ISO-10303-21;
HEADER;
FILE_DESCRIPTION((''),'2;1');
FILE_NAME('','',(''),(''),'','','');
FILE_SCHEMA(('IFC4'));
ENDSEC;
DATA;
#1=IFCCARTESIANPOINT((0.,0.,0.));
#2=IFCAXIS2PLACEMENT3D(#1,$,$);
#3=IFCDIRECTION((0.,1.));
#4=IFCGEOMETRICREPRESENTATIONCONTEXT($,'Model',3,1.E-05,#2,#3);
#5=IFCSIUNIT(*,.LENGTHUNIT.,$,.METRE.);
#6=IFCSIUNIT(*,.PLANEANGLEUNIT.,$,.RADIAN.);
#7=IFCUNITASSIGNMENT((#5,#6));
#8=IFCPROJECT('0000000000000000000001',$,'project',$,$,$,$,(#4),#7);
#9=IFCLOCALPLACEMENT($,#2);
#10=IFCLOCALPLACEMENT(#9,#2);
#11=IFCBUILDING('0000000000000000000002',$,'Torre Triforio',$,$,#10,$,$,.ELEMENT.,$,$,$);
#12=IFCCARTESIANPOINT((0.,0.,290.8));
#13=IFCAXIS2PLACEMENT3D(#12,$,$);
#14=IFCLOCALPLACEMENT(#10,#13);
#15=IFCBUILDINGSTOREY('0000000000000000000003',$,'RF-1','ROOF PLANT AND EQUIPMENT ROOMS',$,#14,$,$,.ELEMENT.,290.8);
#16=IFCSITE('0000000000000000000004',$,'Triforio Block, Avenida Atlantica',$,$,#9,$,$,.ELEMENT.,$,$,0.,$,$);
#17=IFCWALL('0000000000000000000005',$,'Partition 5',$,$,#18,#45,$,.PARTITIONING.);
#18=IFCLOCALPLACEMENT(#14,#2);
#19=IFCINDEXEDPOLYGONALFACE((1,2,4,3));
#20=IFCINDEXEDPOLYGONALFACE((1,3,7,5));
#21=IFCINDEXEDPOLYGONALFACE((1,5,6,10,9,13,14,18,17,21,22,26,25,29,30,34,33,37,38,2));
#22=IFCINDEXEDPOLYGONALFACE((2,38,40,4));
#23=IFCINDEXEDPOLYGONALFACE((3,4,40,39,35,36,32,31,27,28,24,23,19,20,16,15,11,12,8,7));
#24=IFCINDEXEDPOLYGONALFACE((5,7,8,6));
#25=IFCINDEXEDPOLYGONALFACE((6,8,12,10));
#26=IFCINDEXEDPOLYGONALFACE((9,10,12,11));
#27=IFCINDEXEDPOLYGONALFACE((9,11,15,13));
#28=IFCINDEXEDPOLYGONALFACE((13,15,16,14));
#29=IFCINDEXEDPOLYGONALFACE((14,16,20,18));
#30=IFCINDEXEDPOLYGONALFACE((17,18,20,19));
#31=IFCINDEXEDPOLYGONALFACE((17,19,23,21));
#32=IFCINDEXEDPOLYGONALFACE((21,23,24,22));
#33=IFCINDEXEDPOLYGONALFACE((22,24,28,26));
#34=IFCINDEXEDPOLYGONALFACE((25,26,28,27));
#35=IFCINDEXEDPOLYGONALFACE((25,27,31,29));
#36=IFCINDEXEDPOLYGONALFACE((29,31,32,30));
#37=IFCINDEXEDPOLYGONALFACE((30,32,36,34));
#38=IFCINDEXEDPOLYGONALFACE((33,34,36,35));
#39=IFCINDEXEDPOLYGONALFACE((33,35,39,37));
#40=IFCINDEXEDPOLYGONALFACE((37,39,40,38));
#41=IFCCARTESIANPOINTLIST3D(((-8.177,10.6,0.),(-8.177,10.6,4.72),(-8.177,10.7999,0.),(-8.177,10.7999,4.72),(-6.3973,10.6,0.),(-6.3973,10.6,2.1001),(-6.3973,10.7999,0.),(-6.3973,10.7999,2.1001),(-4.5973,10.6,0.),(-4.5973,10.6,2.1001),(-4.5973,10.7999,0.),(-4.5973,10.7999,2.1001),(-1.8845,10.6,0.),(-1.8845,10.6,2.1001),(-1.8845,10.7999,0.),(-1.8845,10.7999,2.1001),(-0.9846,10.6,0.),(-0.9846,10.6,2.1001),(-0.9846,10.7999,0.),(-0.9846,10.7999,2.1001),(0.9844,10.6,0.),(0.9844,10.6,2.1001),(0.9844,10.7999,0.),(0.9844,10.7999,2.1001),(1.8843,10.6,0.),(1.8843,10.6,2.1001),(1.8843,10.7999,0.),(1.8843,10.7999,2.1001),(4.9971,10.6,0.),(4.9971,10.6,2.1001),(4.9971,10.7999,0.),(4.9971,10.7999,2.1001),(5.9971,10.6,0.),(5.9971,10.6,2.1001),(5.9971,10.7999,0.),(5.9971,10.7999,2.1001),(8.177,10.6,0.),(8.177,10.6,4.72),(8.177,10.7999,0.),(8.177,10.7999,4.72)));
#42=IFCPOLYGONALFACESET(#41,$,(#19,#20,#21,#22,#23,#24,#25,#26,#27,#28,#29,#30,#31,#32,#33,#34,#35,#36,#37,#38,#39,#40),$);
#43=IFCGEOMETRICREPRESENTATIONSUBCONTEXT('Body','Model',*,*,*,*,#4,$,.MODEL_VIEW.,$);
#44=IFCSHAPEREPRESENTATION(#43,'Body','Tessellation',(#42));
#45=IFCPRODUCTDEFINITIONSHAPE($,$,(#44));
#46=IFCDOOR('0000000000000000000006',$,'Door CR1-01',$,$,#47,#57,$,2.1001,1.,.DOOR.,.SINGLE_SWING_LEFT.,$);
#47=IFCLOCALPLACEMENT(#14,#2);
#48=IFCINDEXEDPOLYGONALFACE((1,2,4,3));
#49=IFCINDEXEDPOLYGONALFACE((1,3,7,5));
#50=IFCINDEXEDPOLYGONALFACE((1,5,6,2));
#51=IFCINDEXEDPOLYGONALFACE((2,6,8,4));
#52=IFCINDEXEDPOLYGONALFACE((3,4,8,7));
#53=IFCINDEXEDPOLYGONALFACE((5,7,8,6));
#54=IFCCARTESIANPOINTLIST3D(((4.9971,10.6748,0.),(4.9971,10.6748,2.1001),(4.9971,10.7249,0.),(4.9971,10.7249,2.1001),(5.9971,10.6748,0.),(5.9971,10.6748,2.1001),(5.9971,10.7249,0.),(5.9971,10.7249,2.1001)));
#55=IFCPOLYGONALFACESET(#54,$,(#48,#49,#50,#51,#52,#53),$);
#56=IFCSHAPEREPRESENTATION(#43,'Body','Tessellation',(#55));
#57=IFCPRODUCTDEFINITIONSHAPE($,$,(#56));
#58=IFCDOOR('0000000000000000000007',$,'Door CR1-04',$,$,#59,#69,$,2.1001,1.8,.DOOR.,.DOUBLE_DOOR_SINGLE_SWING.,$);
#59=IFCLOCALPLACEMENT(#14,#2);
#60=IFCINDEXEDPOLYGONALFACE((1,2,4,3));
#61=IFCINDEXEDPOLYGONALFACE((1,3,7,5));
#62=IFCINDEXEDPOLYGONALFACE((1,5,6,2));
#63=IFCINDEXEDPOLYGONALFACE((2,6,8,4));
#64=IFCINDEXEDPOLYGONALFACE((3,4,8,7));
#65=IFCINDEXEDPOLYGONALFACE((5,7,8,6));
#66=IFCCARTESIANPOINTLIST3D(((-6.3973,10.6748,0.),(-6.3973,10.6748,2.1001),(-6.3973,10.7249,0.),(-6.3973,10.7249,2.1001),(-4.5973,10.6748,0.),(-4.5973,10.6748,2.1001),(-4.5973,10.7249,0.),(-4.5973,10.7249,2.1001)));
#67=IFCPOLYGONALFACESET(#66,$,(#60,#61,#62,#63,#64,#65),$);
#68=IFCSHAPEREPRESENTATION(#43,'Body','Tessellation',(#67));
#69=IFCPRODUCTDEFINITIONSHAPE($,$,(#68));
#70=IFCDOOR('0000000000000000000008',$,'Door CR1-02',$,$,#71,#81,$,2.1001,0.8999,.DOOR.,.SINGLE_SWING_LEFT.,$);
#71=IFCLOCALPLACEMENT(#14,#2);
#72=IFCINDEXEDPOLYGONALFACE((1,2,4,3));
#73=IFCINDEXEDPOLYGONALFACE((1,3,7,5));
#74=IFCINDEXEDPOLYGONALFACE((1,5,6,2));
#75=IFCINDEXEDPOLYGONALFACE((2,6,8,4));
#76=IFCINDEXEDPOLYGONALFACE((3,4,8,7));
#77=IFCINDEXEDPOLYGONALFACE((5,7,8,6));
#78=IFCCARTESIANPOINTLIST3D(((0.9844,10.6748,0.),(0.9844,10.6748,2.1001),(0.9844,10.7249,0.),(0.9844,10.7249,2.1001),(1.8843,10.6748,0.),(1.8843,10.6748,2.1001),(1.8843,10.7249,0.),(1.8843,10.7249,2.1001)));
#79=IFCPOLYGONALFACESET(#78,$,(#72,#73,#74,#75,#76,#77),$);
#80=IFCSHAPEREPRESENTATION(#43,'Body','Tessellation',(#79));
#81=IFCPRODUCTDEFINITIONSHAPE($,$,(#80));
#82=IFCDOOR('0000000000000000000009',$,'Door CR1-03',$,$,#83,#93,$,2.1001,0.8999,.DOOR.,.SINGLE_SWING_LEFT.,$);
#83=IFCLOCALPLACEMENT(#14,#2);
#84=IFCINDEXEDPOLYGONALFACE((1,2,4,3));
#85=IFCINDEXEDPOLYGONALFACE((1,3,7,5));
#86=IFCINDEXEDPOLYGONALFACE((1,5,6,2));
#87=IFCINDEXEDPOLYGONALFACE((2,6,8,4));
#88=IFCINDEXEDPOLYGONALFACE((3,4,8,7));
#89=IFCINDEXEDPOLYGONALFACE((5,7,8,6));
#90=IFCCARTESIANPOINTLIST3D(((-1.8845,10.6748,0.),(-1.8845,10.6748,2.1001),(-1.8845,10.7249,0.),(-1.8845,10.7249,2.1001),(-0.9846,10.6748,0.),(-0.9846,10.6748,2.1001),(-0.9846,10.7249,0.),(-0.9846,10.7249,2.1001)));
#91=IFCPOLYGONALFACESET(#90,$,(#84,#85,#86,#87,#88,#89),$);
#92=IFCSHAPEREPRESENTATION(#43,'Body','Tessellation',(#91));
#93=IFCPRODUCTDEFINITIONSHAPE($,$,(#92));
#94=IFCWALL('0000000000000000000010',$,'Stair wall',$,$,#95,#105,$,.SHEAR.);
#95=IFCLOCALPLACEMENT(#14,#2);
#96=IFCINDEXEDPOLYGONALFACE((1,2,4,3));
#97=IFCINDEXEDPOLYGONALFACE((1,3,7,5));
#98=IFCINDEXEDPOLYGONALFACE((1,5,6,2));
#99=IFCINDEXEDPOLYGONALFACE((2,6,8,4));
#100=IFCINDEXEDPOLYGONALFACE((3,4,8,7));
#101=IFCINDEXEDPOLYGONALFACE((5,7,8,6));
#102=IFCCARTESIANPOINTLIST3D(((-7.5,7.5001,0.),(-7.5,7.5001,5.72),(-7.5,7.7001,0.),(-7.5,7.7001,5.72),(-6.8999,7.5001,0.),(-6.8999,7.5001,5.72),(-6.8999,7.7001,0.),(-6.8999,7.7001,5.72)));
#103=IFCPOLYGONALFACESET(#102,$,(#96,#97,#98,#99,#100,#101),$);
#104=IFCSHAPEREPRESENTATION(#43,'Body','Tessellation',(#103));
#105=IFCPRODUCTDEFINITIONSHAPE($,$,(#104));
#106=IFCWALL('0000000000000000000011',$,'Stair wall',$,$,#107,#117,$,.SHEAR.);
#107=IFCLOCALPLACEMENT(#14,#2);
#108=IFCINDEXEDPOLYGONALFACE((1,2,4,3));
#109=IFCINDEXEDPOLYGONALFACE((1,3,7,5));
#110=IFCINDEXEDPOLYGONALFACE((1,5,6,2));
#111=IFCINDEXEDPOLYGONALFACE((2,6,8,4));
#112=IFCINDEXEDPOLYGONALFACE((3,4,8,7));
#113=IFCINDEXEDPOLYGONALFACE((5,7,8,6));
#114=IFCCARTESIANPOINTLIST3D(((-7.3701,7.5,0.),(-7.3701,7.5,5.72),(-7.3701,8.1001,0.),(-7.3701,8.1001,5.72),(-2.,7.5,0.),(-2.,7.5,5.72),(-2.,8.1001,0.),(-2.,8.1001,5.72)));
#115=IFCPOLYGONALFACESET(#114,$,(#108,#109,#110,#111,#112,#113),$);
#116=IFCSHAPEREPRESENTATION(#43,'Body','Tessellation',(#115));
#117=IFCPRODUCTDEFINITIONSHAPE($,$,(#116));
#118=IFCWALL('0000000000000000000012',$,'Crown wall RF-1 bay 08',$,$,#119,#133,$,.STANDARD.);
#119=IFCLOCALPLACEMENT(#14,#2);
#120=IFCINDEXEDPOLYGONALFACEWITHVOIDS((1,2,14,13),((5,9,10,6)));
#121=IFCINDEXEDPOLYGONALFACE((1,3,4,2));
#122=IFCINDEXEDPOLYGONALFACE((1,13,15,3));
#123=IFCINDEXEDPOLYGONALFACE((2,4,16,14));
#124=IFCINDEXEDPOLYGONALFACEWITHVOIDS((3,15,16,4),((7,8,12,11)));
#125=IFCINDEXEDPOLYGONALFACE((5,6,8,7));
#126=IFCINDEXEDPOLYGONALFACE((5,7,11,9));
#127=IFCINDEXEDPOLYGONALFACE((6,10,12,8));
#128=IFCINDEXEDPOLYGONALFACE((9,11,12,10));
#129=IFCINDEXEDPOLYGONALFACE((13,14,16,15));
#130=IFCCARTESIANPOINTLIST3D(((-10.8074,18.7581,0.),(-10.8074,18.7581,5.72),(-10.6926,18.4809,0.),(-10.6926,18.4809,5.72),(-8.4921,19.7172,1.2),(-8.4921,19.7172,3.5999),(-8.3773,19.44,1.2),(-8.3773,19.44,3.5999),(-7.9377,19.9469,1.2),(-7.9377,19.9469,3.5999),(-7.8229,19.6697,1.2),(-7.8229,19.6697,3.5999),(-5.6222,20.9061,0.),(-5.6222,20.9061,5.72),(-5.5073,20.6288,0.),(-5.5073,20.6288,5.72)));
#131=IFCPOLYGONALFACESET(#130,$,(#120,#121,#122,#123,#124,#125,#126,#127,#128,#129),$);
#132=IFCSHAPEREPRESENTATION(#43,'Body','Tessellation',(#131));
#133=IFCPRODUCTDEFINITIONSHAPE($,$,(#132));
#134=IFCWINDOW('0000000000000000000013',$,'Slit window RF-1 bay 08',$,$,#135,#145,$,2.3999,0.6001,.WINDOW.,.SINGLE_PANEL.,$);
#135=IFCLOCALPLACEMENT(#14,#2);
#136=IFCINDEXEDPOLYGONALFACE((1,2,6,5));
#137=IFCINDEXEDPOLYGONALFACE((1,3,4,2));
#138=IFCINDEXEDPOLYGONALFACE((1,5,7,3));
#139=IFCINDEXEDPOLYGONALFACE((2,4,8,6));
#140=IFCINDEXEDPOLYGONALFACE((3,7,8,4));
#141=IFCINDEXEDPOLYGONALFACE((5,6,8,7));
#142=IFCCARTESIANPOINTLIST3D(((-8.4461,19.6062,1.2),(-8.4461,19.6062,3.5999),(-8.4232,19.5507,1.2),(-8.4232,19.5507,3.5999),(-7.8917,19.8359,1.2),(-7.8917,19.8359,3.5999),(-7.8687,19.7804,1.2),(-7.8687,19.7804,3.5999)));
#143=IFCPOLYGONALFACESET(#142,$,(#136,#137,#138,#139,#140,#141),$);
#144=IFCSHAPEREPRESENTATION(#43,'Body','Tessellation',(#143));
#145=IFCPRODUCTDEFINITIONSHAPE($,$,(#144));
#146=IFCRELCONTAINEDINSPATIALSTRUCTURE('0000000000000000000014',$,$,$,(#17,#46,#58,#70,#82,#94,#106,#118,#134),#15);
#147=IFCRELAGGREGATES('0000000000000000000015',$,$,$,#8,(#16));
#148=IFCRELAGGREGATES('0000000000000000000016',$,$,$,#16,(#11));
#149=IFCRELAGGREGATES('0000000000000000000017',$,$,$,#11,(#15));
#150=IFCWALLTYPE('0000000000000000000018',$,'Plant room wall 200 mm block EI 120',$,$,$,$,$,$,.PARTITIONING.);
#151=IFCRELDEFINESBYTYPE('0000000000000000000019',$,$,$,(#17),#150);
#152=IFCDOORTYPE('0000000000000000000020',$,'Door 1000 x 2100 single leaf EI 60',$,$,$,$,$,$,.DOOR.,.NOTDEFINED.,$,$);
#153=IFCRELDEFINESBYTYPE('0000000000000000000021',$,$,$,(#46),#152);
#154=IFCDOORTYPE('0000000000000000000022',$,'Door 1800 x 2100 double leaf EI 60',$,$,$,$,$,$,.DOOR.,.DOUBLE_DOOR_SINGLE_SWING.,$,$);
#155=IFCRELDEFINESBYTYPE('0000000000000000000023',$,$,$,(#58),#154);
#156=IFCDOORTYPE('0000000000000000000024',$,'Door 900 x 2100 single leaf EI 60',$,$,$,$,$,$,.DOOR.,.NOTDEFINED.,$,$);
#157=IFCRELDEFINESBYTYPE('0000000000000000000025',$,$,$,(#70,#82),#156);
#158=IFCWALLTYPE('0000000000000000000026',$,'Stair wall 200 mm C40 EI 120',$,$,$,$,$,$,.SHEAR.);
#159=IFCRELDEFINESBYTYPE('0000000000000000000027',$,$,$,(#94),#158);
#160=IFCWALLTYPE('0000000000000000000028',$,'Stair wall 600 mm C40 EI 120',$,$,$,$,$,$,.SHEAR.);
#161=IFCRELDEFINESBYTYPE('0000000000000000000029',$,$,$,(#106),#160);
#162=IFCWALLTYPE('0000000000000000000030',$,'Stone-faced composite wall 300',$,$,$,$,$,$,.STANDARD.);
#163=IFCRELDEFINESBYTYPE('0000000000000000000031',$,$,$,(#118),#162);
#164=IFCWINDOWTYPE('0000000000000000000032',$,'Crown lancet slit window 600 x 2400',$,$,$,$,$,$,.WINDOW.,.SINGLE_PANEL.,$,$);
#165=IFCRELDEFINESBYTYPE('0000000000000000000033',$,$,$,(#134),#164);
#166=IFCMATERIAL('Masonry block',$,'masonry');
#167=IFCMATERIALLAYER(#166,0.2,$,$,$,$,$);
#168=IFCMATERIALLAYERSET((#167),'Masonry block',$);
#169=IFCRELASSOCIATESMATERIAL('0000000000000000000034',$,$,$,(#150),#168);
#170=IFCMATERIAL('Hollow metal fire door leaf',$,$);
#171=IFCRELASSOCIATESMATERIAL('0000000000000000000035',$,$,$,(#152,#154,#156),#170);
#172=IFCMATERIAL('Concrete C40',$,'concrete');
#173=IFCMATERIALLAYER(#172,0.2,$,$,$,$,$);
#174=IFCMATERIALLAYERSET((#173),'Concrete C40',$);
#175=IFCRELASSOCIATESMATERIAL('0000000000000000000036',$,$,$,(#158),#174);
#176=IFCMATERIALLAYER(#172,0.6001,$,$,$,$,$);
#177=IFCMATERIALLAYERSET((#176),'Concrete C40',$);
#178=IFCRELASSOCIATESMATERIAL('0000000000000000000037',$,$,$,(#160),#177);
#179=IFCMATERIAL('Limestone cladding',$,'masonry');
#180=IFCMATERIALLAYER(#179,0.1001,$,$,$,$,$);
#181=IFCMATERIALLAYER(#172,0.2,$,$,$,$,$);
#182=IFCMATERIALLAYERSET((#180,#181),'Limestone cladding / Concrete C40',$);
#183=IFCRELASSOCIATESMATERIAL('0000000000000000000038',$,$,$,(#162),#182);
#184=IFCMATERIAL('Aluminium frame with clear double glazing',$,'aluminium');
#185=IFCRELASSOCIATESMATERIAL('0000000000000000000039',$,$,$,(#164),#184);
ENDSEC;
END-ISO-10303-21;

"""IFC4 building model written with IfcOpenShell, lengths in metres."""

from ifc_helpers import new_model, si_unit, direction, frame, frame_2d, origin, place, context, subcontext, project, spatial, polyline, rectangle, outline, extrude, material, layer, layer_set, type_object, element, fill, save


model = new_model("IFC4")

# Units and contexts
model_context = context("Model", 3, precision=1e-05, world=origin(), true_north=direction((0.0, 1.0)))
body_context = subcontext(model_context, "Body", "Model", "MODEL_VIEW")
ifc_project = project(units=[si_unit("LENGTHUNIT", "METRE"), si_unit("PLANEANGLEUNIT", "RADIAN")], contexts=[model_context])

# Site, building, storey
site_placement = place(None, origin())
site = spatial("IfcSite", under=ifc_project, at=site_placement, Name="Triforio Block, Avenida Atlantica", CompositionType="ELEMENT", RefElevation=0.0)
building_placement = place(site_placement, origin())
building = spatial("IfcBuilding", under=site, at=building_placement, Name="Torre Triforio", CompositionType="ELEMENT")
storey_placement = place(building_placement, frame((0.0, 0.0, 290.8)))
storey = spatial("IfcBuildingStorey", under=building, at=storey_placement, Name="RF-1", Description="ROOF PLANT AND EQUIPMENT ROOMS", CompositionType="ELEMENT", Elevation=290.8)

# Shared definitions
ifc_material_1 = material(Name="Concrete C40", Category="concrete")

# Wall, openings, doors
ifc_material_2 = material(Name="Hollow metal fire door leaf")
ifc_material_3 = material(Name="Masonry block", Category="masonry")
ifc_layer_1 = layer(ifc_material_3, 0.2)
ifc_layer_set_1 = layer_set([ifc_layer_1], Name="Masonry block")
wall_type_1 = type_object("IfcWallType", Name="Plant room wall 200 mm block EI 120", PredefinedType="PARTITIONING", material=ifc_layer_set_1)
wall_1_placement = place(storey_placement, frame((-8.177, 10.7, 0.0), z_axis=(0.0, 0.0, 1.0), x_axis=(1.0, 0.0, 0.0)))
wall_1 = element("IfcWall", 1, at=wall_1_placement, inside=storey, type_object=wall_type_1, Name="Partition 5", PredefinedType="PARTITIONING", context=body_context, shape_type="SweptSolid", body=[
    extrude(rectangle(XDim=16.354, YDim=0.2, at=frame_2d((8.177, 0.0))), origin(), (0.0, 0.0, 1.0), 4.72),
])
opening_1_placement = place(wall_1_placement, frame((13.1741, 0.0, 0.0)))
opening_1 = element("IfcOpeningElement", 2, at=opening_1_placement, cuts=wall_1, PredefinedType="OPENING", context=body_context, shape_type="SweptSolid", body=[
    extrude(rectangle(XDim=1.0, YDim=2.1001, at=frame_2d((0.5, 1.05))), frame((0.0, 0.1099, 0.0), z_axis=(0.0, -1.0, 0.0), x_axis=(1.0, 0.0, 0.0)), (0.0, 0.0, 1.0), 0.22),
])
opening_2_placement = place(wall_1_placement, frame((9.1614, 0.0, 0.0)))
opening_2 = element("IfcOpeningElement", 3, at=opening_2_placement, cuts=wall_1, PredefinedType="OPENING", context=body_context, shape_type="SweptSolid", body=[
    extrude(rectangle(XDim=0.8999, YDim=2.1001, at=frame_2d((0.45, 1.05))), frame((0.0, 0.1099, 0.0), z_axis=(0.0, -1.0, 0.0), x_axis=(1.0, 0.0, 0.0)), (0.0, 0.0, 1.0), 0.22),
])
opening_3_placement = place(wall_1_placement, frame((6.2925, 0.0, 0.0)))
opening_3 = element("IfcOpeningElement", 4, at=opening_3_placement, cuts=wall_1, PredefinedType="OPENING", context=body_context, shape_type="SweptSolid", body=[
    extrude(rectangle(XDim=0.8999, YDim=2.1001, at=frame_2d((0.45, 1.05))), frame((0.0, 0.1099, 0.0), z_axis=(0.0, -1.0, 0.0), x_axis=(1.0, 0.0, 0.0)), (0.0, 0.0, 1.0), 0.22),
])
opening_4_placement = place(wall_1_placement, frame((1.7798, 0.0, 0.0)))
opening_4 = element("IfcOpeningElement", 5, at=opening_4_placement, cuts=wall_1, PredefinedType="OPENING", context=body_context, shape_type="SweptSolid", body=[
    extrude(rectangle(XDim=1.8, YDim=2.1001, at=frame_2d((0.8999, 1.05))), frame((0.0, 0.1099, 0.0), z_axis=(0.0, -1.0, 0.0), x_axis=(1.0, 0.0, 0.0)), (0.0, 0.0, 1.0), 0.22),
])
door_type_1 = type_object("IfcDoorType", Name="Door 1000 x 2100 single leaf EI 60", OperationType="NOTDEFINED", PredefinedType="DOOR", material=ifc_material_2)
door_1_placement = place(opening_1_placement, origin())
door_1 = element("IfcDoor", 6, at=door_1_placement, inside=storey, type_object=door_type_1, Name="Door CR1-01", OperationType="SINGLE_SWING_LEFT", OverallHeight=2.1001, OverallWidth=1.0, PredefinedType="DOOR", context=body_context, shape_type="SweptSolid", body=[
    extrude(rectangle(XDim=1.0, YDim=2.1001, at=frame_2d((0.5, 1.05))), frame((0.0, 0.0249, 0.0), z_axis=(0.0, -1.0, 0.0), x_axis=(1.0, 0.0, 0.0)), (0.0, 0.0, 1.0), 0.05),
])
fill(opening_1, door_1)
door_type_2 = type_object("IfcDoorType", Name="Door 1800 x 2100 double leaf EI 60", OperationType="DOUBLE_DOOR_SINGLE_SWING", PredefinedType="DOOR", material=ifc_material_2)
door_2_placement = place(opening_4_placement, origin())
door_2 = element("IfcDoor", 7, at=door_2_placement, inside=storey, type_object=door_type_2, Name="Door CR1-04", OperationType="DOUBLE_DOOR_SINGLE_SWING", OverallHeight=2.1001, OverallWidth=1.8, PredefinedType="DOOR", context=body_context, shape_type="SweptSolid", body=[
    extrude(rectangle(XDim=1.8, YDim=2.1001, at=frame_2d((0.8999, 1.05))), frame((0.0, 0.0249, 0.0), z_axis=(0.0, -1.0, 0.0), x_axis=(1.0, 0.0, 0.0)), (0.0, 0.0, 1.0), 0.05),
])
fill(opening_4, door_2)
door_type_3 = type_object("IfcDoorType", Name="Door 900 x 2100 single leaf EI 60", OperationType="NOTDEFINED", PredefinedType="DOOR", material=ifc_material_2)
door_3_placement = place(opening_2_placement, origin())
door_3 = element("IfcDoor", 8, at=door_3_placement, inside=storey, type_object=door_type_3, Name="Door CR1-02", OperationType="SINGLE_SWING_LEFT", OverallHeight=2.1001, OverallWidth=0.8999, PredefinedType="DOOR", context=body_context, shape_type="SweptSolid", body=[
    extrude(rectangle(XDim=0.8999, YDim=2.1001, at=frame_2d((0.45, 1.05))), frame((0.0, 0.0249, 0.0), z_axis=(0.0, -1.0, 0.0), x_axis=(1.0, 0.0, 0.0)), (0.0, 0.0, 1.0), 0.05),
])
fill(opening_2, door_3)
door_4_placement = place(opening_3_placement, origin())
door_4 = element("IfcDoor", 9, at=door_4_placement, inside=storey, type_object=door_type_3, Name="Door CR1-03", OperationType="SINGLE_SWING_LEFT", OverallHeight=2.1001, OverallWidth=0.8999, PredefinedType="DOOR", context=body_context, shape_type="SweptSolid", body=[
    extrude(rectangle(XDim=0.8999, YDim=2.1001, at=frame_2d((0.45, 1.05))), frame((0.0, 0.0249, 0.0), z_axis=(0.0, -1.0, 0.0), x_axis=(1.0, 0.0, 0.0)), (0.0, 0.0, 1.0), 0.05),
])
fill(opening_3, door_4)

# Walls
ifc_layer_2 = layer(ifc_material_1, 0.2)
ifc_layer_set_2 = layer_set([ifc_layer_2], Name="Concrete C40")
wall_type_2 = type_object("IfcWallType", Name="Stair wall 200 mm C40 EI 120", PredefinedType="SHEAR", material=ifc_layer_set_2)
wall_2_placement = place(storey_placement, frame((-7.5, 7.6001, 0.0), z_axis=(0.0, 0.0, 1.0), x_axis=(1.0, 0.0, 0.0)))
element("IfcWall", 10, at=wall_2_placement, inside=storey, type_object=wall_type_2, Name="Stair wall", PredefinedType="SHEAR", context=body_context, shape_type="SweptSolid", body=[
    extrude(rectangle(XDim=0.6001, YDim=0.2, at=frame_2d((0.3, 0.0))), origin(), (0.0, 0.0, 1.0), 5.72),
])
ifc_layer_3 = layer(ifc_material_1, 0.6001)
ifc_layer_set_3 = layer_set([ifc_layer_3], Name="Concrete C40")
wall_type_3 = type_object("IfcWallType", Name="Stair wall 600 mm C40 EI 120", PredefinedType="SHEAR", material=ifc_layer_set_3)
wall_3_placement = place(storey_placement, frame((-7.3701, 7.8, 0.0), z_axis=(0.0, 0.0, 1.0), x_axis=(1.0, 0.0, 0.0)))
element("IfcWall", 11, at=wall_3_placement, inside=storey, type_object=wall_type_3, Name="Stair wall", PredefinedType="SHEAR", context=body_context, shape_type="SweptSolid", body=[
    extrude(rectangle(XDim=5.3701, YDim=0.6001, at=frame_2d((2.6851, 0.0))), origin(), (0.0, 0.0, 1.0), 5.72),
])

# Wall, opening, window
ifc_material_4 = material(Name="Limestone cladding", Category="masonry")
ifc_layer_4 = layer(ifc_material_4, 0.1001)
ifc_layer_5 = layer(ifc_material_1, 0.2)
ifc_layer_set_4 = layer_set([ifc_layer_4, ifc_layer_5], Name="Limestone cladding / Concrete C40")
wall_type_4 = type_object("IfcWallType", Name="Stone-faced composite wall 300", PredefinedType="STANDARD", material=ifc_layer_set_4)
wall_4_placement = place(storey_placement, frame((-5.5647, 20.7673, 0.0), z_axis=(0.0, 0.0, 1.0), x_axis=(-0.923872, -0.382703, 0.0)))
wall_4 = element("IfcWall", 12, at=wall_4_placement, inside=storey, type_object=wall_type_4, Name="Crown wall RF-1 bay 08", PredefinedType="STANDARD", context=body_context, shape_type="SweptSolid", body=[
    extrude(outline(polyline([(0.0, 0.0), (5.6125, 0.0), (5.6125, 5.72), (0.0, 5.72), (0.0, 0.0)])), frame((0.0, 0.1499, 0.0), z_axis=(0.0, -1.0, 0.0), x_axis=(1.0, 0.0, 0.0)), (0.0, 0.0, 1.0), 0.3),
])
opening_5_placement = place(wall_4_placement, frame((2.5063, 0.0, 1.2)))
opening_5 = element("IfcOpeningElement", 13, at=opening_5_placement, cuts=wall_4, PredefinedType="OPENING", context=body_context, shape_type="SweptSolid", body=[
    extrude(rectangle(XDim=0.6001, YDim=2.3999, at=frame_2d((0.3, 1.2))), frame((0.0, 0.1599, 0.0), z_axis=(0.0, -1.0, 0.0), x_axis=(1.0, 0.0, 0.0)), (0.0, 0.0, 1.0), 0.3201),
])
ifc_material_5 = material(Name="Aluminium frame with clear double glazing", Category="aluminium")
window_type = type_object("IfcWindowType", Name="Crown lancet slit window 600 x 2400", PartitioningType="SINGLE_PANEL", PredefinedType="WINDOW", material=ifc_material_5)
window_placement = place(opening_5_placement, origin())
window = element("IfcWindow", 14, at=window_placement, inside=storey, type_object=window_type, Name="Slit window RF-1 bay 08", OverallHeight=2.3999, OverallWidth=0.6001, PartitioningType="SINGLE_PANEL", PredefinedType="WINDOW", context=body_context, shape_type="SweptSolid", body=[
    extrude(rectangle(XDim=0.6001, YDim=2.3999, at=frame_2d((0.3, 1.2))), frame((0.0, 0.03, 0.0), z_axis=(0.0, -1.0, 0.0), x_axis=(1.0, 0.0, 0.0)), (0.0, 0.0, 1.0), 0.0601),
])
fill(opening_5, window)

save(model, "model.ifc")
